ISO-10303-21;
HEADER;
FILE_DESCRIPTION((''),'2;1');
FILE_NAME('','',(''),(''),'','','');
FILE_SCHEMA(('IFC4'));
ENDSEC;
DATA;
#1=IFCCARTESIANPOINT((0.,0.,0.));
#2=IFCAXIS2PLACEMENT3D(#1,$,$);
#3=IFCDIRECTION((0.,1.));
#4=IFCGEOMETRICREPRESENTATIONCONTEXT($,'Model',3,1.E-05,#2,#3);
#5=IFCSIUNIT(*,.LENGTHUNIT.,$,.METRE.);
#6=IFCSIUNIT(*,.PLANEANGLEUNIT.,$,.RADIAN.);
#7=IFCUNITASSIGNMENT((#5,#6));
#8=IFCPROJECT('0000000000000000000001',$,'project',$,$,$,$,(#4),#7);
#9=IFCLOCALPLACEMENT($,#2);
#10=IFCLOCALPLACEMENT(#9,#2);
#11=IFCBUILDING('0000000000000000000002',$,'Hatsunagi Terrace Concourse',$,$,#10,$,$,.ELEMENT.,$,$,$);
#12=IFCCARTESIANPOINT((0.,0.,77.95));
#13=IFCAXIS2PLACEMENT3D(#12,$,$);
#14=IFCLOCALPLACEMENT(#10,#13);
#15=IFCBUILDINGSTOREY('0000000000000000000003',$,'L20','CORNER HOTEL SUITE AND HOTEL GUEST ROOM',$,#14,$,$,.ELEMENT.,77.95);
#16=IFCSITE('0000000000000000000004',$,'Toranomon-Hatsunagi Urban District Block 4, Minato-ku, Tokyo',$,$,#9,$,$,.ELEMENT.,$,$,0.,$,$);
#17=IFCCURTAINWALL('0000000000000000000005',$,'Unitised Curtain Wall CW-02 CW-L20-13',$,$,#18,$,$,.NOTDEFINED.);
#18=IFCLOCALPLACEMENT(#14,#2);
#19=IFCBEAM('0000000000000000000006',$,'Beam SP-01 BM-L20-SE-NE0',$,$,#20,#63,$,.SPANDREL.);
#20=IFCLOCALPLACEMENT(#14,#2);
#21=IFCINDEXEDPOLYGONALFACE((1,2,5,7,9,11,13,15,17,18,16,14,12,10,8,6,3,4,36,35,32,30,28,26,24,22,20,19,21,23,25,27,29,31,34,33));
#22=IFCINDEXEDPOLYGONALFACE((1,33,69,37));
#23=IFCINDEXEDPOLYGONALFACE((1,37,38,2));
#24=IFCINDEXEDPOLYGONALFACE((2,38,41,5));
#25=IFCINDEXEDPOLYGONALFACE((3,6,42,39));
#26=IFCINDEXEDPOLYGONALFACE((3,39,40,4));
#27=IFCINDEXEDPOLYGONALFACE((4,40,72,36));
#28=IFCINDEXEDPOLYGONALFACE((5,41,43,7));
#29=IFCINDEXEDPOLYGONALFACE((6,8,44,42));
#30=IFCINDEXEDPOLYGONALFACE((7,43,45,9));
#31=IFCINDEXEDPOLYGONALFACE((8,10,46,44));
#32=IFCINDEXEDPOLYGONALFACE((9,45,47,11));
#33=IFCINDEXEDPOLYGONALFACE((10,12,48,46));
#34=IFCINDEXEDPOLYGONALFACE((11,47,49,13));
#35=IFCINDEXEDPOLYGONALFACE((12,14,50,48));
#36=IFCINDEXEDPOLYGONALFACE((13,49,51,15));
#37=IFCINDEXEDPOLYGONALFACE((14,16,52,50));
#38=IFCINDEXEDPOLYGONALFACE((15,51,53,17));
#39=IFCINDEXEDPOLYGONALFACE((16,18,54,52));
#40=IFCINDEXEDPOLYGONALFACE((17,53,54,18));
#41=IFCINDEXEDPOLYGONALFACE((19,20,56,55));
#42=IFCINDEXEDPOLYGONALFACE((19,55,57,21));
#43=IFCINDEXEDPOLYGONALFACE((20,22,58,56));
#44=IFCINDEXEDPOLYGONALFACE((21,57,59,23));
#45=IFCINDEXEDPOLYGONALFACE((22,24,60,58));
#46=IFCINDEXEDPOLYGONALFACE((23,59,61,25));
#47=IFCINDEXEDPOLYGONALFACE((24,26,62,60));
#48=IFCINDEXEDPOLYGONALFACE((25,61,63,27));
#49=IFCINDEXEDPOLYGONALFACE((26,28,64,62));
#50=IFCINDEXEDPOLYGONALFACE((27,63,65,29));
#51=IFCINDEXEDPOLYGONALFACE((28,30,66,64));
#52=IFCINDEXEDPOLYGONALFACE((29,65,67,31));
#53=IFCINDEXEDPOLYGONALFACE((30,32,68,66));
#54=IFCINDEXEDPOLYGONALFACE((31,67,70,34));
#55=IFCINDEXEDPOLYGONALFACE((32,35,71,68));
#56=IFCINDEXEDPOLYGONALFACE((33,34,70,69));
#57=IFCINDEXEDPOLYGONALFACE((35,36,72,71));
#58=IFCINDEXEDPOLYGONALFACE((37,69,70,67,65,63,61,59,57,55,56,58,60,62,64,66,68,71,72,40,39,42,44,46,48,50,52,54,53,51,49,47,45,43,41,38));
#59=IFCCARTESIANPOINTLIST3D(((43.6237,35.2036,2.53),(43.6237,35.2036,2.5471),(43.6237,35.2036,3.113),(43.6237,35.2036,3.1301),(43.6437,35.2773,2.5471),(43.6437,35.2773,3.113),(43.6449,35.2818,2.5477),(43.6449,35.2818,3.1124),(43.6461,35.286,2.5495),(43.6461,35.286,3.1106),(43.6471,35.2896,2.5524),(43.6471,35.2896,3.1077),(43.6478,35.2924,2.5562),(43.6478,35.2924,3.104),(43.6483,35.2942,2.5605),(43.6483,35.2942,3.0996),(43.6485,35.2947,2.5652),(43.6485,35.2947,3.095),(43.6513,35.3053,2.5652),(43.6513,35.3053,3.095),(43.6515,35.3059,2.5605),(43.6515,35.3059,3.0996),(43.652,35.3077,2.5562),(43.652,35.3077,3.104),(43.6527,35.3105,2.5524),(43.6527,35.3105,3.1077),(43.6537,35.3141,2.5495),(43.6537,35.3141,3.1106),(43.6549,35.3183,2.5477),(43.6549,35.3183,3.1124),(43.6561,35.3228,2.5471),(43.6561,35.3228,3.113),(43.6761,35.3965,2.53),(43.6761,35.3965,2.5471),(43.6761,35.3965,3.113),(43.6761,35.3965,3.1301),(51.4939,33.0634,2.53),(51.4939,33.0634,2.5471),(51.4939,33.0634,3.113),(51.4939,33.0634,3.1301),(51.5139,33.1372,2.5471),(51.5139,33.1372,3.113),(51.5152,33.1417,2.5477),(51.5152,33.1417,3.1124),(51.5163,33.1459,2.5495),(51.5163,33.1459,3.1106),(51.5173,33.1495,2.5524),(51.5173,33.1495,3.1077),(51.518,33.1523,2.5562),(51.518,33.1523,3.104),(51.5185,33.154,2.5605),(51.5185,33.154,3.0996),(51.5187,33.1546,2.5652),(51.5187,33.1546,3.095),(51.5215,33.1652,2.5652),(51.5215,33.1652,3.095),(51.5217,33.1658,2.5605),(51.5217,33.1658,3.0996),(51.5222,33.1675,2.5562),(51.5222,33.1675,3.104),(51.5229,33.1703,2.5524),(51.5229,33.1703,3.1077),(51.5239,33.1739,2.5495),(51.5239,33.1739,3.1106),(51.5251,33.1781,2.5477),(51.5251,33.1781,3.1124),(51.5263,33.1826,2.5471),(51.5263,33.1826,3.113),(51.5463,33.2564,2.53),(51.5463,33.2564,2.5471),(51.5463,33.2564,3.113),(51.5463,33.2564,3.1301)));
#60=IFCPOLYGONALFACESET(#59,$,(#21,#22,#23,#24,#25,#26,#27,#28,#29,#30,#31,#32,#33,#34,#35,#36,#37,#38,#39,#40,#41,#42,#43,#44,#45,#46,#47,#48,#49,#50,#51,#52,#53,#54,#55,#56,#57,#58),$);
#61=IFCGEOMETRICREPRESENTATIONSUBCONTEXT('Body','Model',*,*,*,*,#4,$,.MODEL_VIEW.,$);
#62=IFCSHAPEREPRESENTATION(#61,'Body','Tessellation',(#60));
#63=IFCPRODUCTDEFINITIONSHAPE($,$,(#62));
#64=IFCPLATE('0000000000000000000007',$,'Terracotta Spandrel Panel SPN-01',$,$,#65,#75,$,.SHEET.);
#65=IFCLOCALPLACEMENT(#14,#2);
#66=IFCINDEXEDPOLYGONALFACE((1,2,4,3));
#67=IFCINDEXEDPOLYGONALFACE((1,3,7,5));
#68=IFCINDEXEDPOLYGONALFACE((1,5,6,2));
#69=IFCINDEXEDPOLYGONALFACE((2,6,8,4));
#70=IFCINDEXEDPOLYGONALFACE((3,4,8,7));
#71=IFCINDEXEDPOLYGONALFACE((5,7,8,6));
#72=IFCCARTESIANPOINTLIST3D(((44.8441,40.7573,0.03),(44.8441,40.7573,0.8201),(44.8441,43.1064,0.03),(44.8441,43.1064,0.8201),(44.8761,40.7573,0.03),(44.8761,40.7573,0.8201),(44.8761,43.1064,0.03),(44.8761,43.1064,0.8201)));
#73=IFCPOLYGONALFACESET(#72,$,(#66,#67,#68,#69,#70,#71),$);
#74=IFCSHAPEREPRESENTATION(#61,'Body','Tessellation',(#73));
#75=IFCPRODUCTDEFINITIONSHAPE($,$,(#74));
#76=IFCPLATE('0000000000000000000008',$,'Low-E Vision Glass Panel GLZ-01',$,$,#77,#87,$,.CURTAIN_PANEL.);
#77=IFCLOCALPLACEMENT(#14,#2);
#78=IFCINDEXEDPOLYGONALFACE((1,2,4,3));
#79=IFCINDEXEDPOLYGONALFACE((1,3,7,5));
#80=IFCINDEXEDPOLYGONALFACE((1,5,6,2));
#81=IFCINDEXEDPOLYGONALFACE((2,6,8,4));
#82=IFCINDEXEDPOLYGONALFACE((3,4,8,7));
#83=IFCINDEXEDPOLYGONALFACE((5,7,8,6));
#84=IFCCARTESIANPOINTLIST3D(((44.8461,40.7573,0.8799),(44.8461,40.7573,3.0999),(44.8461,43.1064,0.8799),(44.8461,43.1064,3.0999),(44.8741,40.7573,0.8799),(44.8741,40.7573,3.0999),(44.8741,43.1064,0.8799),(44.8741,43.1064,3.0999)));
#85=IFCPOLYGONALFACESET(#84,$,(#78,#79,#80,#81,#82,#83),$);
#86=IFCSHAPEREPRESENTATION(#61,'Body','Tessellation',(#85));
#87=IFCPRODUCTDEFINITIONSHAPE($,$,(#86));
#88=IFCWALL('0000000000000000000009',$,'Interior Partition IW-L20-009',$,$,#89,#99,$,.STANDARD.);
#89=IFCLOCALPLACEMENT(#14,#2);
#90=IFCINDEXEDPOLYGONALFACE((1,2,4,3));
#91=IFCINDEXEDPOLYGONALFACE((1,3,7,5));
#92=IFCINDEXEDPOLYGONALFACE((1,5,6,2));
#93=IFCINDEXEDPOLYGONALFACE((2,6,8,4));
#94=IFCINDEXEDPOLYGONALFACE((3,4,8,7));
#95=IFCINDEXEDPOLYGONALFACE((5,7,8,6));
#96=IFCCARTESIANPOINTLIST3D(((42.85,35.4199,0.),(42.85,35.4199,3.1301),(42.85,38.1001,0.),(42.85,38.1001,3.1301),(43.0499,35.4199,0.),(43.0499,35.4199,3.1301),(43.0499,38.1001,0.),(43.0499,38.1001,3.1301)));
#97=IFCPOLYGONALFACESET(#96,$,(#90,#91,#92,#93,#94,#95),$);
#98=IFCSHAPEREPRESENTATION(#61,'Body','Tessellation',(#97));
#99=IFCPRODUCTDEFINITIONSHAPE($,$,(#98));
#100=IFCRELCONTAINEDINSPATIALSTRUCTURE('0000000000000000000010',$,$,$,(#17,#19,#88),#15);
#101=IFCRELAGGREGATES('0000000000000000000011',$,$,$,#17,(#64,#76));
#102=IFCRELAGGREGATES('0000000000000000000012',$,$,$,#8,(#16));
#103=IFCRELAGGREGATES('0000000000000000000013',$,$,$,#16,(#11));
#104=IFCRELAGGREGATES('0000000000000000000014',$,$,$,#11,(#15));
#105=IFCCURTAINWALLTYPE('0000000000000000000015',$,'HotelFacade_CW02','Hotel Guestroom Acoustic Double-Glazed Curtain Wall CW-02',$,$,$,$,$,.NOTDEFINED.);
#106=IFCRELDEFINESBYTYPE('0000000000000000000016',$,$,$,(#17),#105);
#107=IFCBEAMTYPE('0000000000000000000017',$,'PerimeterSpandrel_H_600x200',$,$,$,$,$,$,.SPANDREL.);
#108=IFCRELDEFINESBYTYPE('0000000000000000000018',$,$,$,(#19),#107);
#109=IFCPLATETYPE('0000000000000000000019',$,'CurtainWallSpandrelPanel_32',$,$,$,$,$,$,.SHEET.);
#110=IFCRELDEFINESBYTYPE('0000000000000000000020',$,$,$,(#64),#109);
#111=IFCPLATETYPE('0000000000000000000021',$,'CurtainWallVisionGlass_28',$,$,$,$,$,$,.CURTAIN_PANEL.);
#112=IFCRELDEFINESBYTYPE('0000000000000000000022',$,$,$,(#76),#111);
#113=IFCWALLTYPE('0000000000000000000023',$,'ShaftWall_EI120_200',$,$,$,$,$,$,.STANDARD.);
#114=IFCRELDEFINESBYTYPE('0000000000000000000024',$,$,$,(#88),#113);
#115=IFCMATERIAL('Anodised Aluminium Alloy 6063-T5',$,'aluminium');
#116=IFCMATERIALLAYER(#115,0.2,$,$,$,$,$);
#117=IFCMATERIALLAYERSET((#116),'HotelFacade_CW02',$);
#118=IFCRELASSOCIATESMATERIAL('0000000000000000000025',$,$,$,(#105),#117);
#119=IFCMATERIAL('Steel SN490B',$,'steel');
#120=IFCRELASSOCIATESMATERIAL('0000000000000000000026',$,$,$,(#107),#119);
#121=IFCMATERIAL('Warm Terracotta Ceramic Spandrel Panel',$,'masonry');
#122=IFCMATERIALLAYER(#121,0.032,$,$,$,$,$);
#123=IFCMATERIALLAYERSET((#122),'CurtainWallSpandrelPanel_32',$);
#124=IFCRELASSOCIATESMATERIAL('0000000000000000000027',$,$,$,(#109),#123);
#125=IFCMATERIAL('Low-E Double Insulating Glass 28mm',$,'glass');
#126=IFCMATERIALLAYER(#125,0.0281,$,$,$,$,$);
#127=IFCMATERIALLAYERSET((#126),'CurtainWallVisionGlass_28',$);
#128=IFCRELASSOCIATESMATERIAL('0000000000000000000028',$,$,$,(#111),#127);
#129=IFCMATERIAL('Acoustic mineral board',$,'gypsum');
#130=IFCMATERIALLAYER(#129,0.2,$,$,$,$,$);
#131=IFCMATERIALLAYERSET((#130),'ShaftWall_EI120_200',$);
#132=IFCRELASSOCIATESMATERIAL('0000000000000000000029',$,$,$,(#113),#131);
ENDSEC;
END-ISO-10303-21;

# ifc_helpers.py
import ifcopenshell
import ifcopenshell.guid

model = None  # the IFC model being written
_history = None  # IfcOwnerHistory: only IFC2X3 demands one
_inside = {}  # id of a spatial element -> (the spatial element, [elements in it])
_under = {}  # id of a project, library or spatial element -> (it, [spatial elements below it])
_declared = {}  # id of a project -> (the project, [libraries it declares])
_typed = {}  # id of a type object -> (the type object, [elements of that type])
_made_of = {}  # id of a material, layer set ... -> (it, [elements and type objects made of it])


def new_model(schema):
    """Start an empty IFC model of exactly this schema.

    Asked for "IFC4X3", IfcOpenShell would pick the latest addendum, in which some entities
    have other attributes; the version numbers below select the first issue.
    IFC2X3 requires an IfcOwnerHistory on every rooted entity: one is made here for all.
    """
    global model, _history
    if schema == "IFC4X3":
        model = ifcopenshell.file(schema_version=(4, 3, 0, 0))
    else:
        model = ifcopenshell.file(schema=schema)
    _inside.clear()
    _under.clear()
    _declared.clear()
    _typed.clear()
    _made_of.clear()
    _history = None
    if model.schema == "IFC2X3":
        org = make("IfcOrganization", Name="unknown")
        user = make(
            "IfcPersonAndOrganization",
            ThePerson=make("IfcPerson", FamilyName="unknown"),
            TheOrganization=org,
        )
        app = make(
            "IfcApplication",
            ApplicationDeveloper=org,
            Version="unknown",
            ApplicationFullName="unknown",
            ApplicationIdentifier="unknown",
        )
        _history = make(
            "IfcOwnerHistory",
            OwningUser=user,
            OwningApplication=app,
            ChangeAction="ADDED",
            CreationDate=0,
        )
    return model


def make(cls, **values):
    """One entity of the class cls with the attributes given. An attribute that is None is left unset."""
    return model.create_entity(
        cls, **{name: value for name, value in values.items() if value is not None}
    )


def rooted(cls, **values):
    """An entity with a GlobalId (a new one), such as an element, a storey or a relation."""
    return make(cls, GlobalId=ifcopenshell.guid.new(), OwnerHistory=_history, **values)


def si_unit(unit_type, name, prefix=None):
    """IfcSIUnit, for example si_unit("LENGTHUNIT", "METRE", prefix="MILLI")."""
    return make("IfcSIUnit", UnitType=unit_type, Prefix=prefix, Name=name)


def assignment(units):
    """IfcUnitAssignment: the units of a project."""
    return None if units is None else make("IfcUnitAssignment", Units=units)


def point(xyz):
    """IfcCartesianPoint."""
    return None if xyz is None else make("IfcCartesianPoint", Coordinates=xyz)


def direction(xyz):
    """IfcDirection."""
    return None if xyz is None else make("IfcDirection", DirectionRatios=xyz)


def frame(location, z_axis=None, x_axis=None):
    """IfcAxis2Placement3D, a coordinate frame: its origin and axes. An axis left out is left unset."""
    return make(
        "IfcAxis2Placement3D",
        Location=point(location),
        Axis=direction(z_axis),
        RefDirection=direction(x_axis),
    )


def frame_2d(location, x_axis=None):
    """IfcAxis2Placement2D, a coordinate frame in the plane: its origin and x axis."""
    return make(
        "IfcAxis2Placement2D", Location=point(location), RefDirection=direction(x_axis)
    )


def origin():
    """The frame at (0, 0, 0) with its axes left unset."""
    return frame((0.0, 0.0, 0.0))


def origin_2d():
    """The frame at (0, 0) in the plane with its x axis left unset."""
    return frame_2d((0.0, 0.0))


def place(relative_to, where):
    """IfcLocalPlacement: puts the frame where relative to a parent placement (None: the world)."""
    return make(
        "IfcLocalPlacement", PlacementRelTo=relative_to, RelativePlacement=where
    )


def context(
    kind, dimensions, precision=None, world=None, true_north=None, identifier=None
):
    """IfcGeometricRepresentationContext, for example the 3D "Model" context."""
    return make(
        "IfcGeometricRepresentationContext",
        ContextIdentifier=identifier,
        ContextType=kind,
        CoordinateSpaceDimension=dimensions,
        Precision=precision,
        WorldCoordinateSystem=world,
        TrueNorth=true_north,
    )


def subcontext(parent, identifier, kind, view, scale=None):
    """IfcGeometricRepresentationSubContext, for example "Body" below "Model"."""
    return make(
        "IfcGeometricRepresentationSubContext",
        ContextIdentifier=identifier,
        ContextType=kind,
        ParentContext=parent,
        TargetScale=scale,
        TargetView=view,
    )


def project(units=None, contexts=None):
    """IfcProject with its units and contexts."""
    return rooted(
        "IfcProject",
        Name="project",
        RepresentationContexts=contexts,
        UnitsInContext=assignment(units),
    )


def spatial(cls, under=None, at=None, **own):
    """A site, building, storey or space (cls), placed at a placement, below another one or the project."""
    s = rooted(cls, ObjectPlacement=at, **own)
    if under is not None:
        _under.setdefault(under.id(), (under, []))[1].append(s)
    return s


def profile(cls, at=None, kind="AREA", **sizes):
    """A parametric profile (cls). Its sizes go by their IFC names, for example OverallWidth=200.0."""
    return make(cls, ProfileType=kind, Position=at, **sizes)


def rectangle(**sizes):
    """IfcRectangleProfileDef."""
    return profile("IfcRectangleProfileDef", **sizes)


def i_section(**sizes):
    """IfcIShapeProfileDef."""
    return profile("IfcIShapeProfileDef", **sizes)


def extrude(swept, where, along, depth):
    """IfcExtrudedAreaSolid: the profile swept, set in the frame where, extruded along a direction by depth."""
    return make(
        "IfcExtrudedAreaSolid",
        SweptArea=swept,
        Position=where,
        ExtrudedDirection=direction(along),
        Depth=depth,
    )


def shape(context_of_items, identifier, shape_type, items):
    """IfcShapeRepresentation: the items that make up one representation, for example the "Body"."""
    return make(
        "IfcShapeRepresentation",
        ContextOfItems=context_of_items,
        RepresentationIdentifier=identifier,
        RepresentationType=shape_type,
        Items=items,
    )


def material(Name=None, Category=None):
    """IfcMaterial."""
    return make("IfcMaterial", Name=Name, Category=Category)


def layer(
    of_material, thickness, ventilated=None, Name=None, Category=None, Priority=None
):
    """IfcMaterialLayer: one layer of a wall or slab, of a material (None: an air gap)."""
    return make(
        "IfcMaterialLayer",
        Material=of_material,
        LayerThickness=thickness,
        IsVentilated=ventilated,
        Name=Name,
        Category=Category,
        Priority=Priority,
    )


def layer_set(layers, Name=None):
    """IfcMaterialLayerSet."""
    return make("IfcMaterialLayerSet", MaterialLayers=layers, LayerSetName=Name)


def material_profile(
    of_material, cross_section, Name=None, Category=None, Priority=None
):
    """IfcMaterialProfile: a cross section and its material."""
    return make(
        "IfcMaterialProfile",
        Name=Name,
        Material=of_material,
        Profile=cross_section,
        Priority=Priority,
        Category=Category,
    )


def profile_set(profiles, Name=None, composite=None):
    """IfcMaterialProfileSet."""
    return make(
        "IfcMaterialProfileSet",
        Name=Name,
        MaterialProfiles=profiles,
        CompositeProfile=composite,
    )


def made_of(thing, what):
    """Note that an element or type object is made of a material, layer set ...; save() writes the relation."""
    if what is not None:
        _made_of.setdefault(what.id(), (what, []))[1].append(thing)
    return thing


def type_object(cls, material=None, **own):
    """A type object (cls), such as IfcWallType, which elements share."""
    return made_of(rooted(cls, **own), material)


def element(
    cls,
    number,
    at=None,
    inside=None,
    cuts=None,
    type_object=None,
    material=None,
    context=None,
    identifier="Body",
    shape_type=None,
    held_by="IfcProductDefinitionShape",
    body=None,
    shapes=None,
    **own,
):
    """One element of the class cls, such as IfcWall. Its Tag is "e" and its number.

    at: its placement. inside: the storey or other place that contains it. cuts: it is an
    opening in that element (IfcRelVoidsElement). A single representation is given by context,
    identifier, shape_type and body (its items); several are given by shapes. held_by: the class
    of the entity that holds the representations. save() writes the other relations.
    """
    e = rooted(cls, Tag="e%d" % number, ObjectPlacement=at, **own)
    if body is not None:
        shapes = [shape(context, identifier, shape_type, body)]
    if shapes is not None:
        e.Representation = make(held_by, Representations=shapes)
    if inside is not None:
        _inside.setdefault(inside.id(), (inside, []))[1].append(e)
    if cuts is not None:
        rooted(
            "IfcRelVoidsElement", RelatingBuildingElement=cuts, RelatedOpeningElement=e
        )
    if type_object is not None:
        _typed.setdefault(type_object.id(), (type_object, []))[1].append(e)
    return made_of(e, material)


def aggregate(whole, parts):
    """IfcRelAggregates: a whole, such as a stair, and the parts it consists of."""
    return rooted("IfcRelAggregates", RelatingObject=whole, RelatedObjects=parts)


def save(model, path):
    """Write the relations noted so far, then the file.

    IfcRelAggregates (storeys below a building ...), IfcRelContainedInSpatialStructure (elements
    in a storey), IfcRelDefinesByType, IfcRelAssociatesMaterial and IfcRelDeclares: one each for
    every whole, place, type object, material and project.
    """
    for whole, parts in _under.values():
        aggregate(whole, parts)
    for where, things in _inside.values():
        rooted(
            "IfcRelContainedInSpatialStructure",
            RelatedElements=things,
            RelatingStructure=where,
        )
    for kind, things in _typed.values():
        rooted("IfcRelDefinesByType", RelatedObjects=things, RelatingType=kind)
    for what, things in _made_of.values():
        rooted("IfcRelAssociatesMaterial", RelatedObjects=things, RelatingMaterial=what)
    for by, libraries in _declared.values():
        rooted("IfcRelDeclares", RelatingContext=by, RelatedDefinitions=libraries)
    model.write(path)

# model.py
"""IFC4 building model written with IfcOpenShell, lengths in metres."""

from ifc_helpers import new_model, si_unit, direction, frame, frame_2d, origin, origin_2d, place, context, subcontext, project, spatial, rectangle, i_section, extrude, material, layer, layer_set, material_profile, profile_set, type_object, element, aggregate, save


model = new_model("IFC4")

# Units and contexts
model_context = context("Model", 3, precision=1e-05, world=origin(), true_north=direction((0.0, 1.0)))
body_context = subcontext(model_context, "Body", "Model", "MODEL_VIEW")
ifc_project = project(units=[si_unit("LENGTHUNIT", "METRE"), si_unit("PLANEANGLEUNIT", "RADIAN")], contexts=[model_context])

# Site, building, storey
site_placement = place(None, origin())
site = spatial("IfcSite", under=ifc_project, at=site_placement, Name="Toranomon-Hatsunagi Urban District Block 4, Minato-ku, Tokyo", CompositionType="ELEMENT", RefElevation=0.0)
building_placement = place(site_placement, origin())
building = spatial("IfcBuilding", under=site, at=building_placement, Name="Hatsunagi Terrace Concourse", CompositionType="ELEMENT")
storey_placement = place(building_placement, frame((0.0, 0.0, 77.95)))
storey = spatial("IfcBuildingStorey", under=building, at=storey_placement, Name="L20", Description="CORNER HOTEL SUITE AND HOTEL GUEST ROOM", CompositionType="ELEMENT", Elevation=77.95)

# Curtain wall
ifc_material_1 = material(Name="Anodised Aluminium Alloy 6063-T5", Category="aluminium")
ifc_layer_1 = layer(ifc_material_1, 0.2)
ifc_layer_set_1 = layer_set([ifc_layer_1], Name="HotelFacade_CW02")
curtain_wall_type = type_object("IfcCurtainWallType", Name="HotelFacade_CW02", Description="Hotel Guestroom Acoustic Double-Glazed Curtain Wall CW-02", PredefinedType="NOTDEFINED", material=ifc_layer_set_1)
curtain_wall_placement = place(storey_placement, origin())
curtain_wall = element("IfcCurtainWall", 1, at=curtain_wall_placement, inside=storey, type_object=curtain_wall_type, Name="Unitised Curtain Wall CW-02 CW-L20-13", PredefinedType="NOTDEFINED")

# Beam
ifc_material_2 = material(Name="Steel SN490B", Category="steel")
ifc_material_profile_1 = material_profile(ifc_material_2, i_section(OverallWidth=0.2, OverallDepth=0.6001, WebThickness=0.011, FlangeThickness=0.0171, FilletRadius=0.0181, at=origin_2d()), Name="H-600x200x11x17")
ifc_profile_set_1 = profile_set([ifc_material_profile_1], Name="Steel SN490B")
beam_type_1 = type_object("IfcBeamType", Name="PerimeterSpandrel_H_600x200", PredefinedType="SPANDREL", material=ifc_profile_set_1)
beam_1_placement = place(storey_placement, frame((43.6499, 35.3, 2.8301), z_axis=(0.964958, -0.262403, 0.0), x_axis=(0.262403, 0.964958, 0.0)))
element("IfcBeam", 2, at=beam_1_placement, inside=storey, type_object=beam_type_1, Name="Beam SP-01 BM-L20-SE-NE0", PredefinedType="SPANDREL", context=body_context, shape_type="SweptSolid", body=[
    extrude(i_section(OverallWidth=0.2, OverallDepth=0.6001, WebThickness=0.011, FlangeThickness=0.0171, FilletRadius=0.0181, at=origin_2d()), origin(), (0.0, 0.0, 1.0), 8.156),
])

# Plates
ifc_material_3 = material(Name="Warm Terracotta Ceramic Spandrel Panel", Category="masonry")
ifc_layer_2 = layer(ifc_material_3, 0.032)
ifc_layer_set_2 = layer_set([ifc_layer_2], Name="CurtainWallSpandrelPanel_32")
plate_type_1 = type_object("IfcPlateType", Name="CurtainWallSpandrelPanel_32", PredefinedType="SHEET", material=ifc_layer_set_2)
plate_1_placement = place(storey_placement, frame((44.8601, 41.9319, 0.03), z_axis=(0.0, 0.0, 1.0), x_axis=(0.0, -1.0, 0.0)))
plate_1 = element("IfcPlate", 3, at=plate_1_placement, type_object=plate_type_1, Name="Terracotta Spandrel Panel SPN-01", PredefinedType="SHEET", context=body_context, shape_type="SweptSolid", body=[
    extrude(rectangle(XDim=2.3491, YDim=0.032, at=origin_2d()), origin(), (0.0, 0.0, 1.0), 0.79),
])
ifc_material_4 = material(Name="Low-E Double Insulating Glass 28mm", Category="glass")
ifc_layer_3 = layer(ifc_material_4, 0.0281)
ifc_layer_set_3 = layer_set([ifc_layer_3], Name="CurtainWallVisionGlass_28")
plate_type_2 = type_object("IfcPlateType", Name="CurtainWallVisionGlass_28", PredefinedType="CURTAIN_PANEL", material=ifc_layer_set_3)
plate_2_placement = place(storey_placement, frame((44.8601, 41.9319, 0.8799), z_axis=(0.0, 0.0, 1.0), x_axis=(0.0, -1.0, 0.0)))
plate_2 = element("IfcPlate", 4, at=plate_2_placement, type_object=plate_type_2, Name="Low-E Vision Glass Panel GLZ-01", PredefinedType="CURTAIN_PANEL", context=body_context, shape_type="SweptSolid", body=[
    extrude(rectangle(XDim=2.3491, YDim=0.0281, at=origin_2d()), origin(), (0.0, 0.0, 1.0), 2.22),
])
aggregate(curtain_wall, [plate_1, plate_2])

# Wall
ifc_material_5 = material(Name="Acoustic mineral board", Category="gypsum")
ifc_layer_4 = layer(ifc_material_5, 0.2)
ifc_layer_set_4 = layer_set([ifc_layer_4], Name="ShaftWall_EI120_200")
wall_type_1 = type_object("IfcWallType", Name="ShaftWall_EI120_200", PredefinedType="STANDARD", material=ifc_layer_set_4)
wall_1_placement = place(storey_placement, frame((42.95, 35.4199, 0.0), z_axis=(0.0, 0.0, 1.0), x_axis=(0.0, 1.0, 0.0)))
element("IfcWall", 5, at=wall_1_placement, inside=storey, type_object=wall_type_1, Name="Interior Partition IW-L20-009", PredefinedType="STANDARD", context=body_context, shape_type="SweptSolid", body=[
    extrude(rectangle(XDim=2.6802, YDim=0.2, at=frame_2d((1.3401, 0.0))), origin(), (0.0, 0.0, 1.0), 3.1301),
])

save(model, "model.ifc")
